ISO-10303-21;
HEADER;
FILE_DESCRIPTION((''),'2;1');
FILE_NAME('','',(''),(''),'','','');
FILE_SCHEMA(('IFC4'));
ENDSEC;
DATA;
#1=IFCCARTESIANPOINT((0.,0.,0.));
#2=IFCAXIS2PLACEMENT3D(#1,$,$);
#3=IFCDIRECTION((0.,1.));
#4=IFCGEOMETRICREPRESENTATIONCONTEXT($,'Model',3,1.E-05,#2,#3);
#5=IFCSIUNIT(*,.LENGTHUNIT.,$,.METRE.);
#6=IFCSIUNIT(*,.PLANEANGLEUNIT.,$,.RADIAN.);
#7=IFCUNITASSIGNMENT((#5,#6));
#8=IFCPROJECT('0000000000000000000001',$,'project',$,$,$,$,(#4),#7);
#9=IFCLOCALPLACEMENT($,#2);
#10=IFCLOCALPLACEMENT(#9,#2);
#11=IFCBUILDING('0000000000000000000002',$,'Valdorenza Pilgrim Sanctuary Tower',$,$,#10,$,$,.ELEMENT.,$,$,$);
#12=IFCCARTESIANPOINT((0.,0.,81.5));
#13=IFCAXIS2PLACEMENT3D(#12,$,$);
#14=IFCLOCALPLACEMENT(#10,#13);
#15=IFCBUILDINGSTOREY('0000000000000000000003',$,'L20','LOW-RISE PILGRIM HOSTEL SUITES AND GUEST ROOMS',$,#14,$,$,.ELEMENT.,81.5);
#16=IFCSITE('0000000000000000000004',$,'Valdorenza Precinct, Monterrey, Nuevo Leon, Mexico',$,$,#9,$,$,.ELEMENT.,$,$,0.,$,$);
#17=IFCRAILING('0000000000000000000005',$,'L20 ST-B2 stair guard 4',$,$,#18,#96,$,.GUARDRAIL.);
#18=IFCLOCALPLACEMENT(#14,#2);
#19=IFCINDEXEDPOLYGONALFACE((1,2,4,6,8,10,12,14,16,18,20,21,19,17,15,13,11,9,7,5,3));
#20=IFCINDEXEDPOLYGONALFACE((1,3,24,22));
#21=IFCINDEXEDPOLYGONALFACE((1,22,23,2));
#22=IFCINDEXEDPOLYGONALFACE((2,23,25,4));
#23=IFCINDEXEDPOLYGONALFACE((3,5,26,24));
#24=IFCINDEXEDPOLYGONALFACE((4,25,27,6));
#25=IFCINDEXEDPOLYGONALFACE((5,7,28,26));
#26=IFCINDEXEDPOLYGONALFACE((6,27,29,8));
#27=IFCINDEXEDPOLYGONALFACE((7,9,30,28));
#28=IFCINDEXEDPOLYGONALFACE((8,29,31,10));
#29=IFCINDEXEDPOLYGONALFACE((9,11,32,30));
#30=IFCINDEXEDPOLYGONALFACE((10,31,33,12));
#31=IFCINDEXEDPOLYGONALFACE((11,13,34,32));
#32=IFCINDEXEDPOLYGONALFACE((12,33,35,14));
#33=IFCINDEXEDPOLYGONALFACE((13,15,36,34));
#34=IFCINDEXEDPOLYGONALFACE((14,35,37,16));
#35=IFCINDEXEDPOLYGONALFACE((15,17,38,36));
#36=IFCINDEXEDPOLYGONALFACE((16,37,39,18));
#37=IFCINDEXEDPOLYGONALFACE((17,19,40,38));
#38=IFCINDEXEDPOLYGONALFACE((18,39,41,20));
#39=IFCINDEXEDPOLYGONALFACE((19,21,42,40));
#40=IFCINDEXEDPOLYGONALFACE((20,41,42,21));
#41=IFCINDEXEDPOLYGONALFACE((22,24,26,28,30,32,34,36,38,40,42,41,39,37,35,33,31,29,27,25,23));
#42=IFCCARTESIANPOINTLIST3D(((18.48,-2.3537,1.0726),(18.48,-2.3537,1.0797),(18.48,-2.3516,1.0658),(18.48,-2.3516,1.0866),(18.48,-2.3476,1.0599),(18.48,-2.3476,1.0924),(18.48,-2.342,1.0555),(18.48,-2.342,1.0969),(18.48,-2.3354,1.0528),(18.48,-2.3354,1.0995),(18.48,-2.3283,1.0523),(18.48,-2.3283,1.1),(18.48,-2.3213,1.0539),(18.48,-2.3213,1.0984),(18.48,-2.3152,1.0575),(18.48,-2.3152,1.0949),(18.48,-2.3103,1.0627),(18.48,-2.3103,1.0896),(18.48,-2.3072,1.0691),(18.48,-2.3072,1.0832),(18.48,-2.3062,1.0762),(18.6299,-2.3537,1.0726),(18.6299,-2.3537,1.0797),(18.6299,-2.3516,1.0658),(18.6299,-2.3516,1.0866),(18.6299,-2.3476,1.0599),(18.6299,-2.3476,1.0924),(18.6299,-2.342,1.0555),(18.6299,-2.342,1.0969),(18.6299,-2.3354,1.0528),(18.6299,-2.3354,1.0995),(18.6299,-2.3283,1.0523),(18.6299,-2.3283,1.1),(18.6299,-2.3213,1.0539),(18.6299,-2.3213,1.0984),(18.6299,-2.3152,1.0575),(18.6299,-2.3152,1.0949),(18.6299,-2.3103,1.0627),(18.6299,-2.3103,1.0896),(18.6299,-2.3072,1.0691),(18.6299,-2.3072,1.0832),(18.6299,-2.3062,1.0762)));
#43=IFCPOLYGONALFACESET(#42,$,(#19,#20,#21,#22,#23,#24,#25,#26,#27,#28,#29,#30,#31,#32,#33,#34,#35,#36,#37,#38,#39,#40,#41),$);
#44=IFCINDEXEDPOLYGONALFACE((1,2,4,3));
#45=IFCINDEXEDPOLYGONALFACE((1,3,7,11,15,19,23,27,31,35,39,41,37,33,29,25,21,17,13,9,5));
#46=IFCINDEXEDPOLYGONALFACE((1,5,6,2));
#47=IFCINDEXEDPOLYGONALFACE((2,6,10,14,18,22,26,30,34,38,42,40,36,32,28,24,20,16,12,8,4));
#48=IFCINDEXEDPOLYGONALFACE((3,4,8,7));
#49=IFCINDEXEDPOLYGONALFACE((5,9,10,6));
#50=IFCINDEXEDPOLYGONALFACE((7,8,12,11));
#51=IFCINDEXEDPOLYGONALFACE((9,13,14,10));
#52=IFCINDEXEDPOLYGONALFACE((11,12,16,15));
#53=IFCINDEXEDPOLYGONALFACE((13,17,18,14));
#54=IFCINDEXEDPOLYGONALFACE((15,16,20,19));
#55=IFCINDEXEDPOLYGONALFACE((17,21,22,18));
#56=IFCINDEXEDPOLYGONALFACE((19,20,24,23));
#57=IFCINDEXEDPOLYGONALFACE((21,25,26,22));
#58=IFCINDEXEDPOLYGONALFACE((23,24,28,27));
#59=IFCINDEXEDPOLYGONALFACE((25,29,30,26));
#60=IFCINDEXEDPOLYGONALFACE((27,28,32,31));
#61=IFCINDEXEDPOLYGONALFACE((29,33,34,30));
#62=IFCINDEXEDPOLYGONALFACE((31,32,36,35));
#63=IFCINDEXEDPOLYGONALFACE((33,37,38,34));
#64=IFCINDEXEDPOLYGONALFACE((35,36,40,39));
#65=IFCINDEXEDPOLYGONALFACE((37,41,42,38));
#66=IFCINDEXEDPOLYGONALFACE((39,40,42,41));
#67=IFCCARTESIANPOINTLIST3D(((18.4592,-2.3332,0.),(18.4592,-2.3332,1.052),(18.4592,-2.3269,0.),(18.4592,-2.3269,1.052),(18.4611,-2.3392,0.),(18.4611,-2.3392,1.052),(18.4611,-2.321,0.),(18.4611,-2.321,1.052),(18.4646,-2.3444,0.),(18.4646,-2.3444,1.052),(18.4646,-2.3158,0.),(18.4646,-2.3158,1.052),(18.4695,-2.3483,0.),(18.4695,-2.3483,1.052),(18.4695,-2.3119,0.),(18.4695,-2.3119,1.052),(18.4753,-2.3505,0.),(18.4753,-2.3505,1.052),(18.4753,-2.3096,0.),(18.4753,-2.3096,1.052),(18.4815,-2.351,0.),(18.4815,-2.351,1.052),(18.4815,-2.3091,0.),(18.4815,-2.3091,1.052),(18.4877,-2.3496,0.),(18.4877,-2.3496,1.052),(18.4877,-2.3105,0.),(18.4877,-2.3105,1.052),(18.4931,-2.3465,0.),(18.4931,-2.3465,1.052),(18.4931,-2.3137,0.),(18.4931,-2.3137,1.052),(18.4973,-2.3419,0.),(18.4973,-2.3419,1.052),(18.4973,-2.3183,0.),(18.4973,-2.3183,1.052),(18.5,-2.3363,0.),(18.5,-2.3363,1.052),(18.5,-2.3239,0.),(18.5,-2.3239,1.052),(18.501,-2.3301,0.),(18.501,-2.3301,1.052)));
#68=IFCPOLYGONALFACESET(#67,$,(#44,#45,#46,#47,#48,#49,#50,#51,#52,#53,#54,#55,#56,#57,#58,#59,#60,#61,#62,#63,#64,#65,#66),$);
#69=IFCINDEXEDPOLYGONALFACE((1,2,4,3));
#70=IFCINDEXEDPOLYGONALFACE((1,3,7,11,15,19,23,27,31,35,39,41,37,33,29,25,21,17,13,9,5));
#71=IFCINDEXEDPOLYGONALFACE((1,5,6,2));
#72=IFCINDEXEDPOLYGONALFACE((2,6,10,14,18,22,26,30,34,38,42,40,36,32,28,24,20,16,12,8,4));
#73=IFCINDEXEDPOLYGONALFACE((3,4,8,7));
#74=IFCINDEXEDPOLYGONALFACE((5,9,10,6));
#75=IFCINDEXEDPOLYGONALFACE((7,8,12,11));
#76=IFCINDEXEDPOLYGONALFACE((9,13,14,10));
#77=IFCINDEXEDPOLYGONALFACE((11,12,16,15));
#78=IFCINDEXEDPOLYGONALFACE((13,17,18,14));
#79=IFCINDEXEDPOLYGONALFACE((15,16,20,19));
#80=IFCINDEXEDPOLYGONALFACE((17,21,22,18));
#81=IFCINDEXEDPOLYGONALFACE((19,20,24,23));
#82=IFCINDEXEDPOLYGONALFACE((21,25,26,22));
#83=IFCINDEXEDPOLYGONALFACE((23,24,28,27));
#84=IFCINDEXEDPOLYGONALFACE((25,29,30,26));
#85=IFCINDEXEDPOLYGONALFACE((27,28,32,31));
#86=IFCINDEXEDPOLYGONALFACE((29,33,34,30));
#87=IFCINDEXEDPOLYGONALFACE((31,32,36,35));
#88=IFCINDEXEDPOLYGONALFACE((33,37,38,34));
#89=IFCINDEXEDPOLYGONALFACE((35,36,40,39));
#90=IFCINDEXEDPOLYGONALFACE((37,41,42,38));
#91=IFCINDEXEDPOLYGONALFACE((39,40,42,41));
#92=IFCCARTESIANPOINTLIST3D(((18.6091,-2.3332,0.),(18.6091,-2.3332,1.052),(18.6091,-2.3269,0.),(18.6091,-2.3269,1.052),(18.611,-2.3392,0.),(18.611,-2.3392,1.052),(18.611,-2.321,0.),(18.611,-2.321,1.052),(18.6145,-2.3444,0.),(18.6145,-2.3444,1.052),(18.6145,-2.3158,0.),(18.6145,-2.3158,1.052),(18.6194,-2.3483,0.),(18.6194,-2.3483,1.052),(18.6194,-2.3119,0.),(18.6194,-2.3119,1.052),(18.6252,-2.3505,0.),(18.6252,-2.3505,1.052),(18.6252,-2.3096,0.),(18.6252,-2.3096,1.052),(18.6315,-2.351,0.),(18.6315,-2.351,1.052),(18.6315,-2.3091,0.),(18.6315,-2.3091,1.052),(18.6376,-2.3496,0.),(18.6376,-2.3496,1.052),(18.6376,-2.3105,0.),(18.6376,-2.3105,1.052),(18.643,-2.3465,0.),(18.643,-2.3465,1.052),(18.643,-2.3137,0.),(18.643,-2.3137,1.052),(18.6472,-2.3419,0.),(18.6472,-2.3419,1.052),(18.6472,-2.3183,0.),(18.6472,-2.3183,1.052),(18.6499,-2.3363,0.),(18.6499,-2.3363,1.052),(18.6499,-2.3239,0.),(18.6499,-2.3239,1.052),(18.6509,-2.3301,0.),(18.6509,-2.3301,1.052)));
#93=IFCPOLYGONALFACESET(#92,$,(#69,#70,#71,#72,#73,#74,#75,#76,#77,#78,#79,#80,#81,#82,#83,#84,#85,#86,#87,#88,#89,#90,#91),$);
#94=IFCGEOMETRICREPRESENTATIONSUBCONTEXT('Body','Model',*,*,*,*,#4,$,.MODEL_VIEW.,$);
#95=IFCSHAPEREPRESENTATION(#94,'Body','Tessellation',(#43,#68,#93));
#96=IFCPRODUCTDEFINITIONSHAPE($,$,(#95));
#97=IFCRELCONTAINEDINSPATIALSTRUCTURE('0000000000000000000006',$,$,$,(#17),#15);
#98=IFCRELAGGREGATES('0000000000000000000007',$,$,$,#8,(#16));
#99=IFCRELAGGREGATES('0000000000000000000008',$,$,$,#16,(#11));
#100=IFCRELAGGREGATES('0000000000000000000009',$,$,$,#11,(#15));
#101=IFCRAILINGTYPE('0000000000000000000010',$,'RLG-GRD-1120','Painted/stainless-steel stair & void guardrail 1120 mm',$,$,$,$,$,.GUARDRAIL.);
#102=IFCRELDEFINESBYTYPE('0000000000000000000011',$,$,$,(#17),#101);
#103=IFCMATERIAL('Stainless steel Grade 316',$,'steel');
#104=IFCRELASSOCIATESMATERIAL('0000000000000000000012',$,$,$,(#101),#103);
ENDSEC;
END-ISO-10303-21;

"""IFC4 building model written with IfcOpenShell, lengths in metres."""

from ifc_helpers import new_model, si_unit, direction, frame, origin, origin_2d, place, context, subcontext, project, spatial, circle, extrude, material, type_object, element, save


model = new_model("IFC4")

# Units and contexts
model_context = context("Model", 3, precision=1e-05, world=origin(), true_north=direction((0.0, 1.0)))
body_context = subcontext(model_context, "Body", "Model", "MODEL_VIEW")
ifc_project = project(units=[si_unit("LENGTHUNIT", "METRE"), si_unit("PLANEANGLEUNIT", "RADIAN")], contexts=[model_context])

# Site, building, storey
site_placement = place(None, origin())
site = spatial("IfcSite", under=ifc_project, at=site_placement, Name="Valdorenza Precinct, Monterrey, Nuevo Leon, Mexico", CompositionType="ELEMENT", RefElevation=0.0)
building_placement = place(site_placement, origin())
building = spatial("IfcBuilding", under=site, at=building_placement, Name="Valdorenza Pilgrim Sanctuary Tower", CompositionType="ELEMENT")
storey_placement = place(building_placement, frame((0.0, 0.0, 81.5)))
storey = spatial("IfcBuildingStorey", under=building, at=storey_placement, Name="L20", Description="LOW-RISE PILGRIM HOSTEL SUITES AND GUEST ROOMS", CompositionType="ELEMENT", Elevation=81.5)

# Railing
ifc_material_1 = material(Name="Stainless steel Grade 316", Category="steel")
railing_type_1 = type_object("IfcRailingType", Name="RLG-GRD-1120", Description="Painted/stainless-steel stair & void guardrail 1120 mm", PredefinedType="GUARDRAIL", material=ifc_material_1)
railing_1_placement = place(storey_placement, frame((18.48, -2.3301, 0.0)))
element("IfcRailing", 1, at=railing_1_placement, inside=storey, type_object=railing_type_1, Name="L20 ST-B2 stair guard 4", PredefinedType="GUARDRAIL", context=body_context, shape_type="SweptSolid", body=[
    extrude(circle(Radius=0.0239, at=origin_2d()), frame((0.0, 0.0, 1.0762), z_axis=(1.0, 0.0, 0.0), x_axis=(0.0, 1.0, 0.0)), (0.0, 0.0, 1.0), 0.1499),
    extrude(circle(Radius=0.021, at=origin_2d()), origin(), (0.0, 0.0, 1.0), 1.052),
    extrude(circle(Radius=0.021, at=origin_2d()), frame((0.1499, 0.0, 0.0)), (0.0, 0.0, 1.0), 1.052),
])

save(model, "model.ifc")
